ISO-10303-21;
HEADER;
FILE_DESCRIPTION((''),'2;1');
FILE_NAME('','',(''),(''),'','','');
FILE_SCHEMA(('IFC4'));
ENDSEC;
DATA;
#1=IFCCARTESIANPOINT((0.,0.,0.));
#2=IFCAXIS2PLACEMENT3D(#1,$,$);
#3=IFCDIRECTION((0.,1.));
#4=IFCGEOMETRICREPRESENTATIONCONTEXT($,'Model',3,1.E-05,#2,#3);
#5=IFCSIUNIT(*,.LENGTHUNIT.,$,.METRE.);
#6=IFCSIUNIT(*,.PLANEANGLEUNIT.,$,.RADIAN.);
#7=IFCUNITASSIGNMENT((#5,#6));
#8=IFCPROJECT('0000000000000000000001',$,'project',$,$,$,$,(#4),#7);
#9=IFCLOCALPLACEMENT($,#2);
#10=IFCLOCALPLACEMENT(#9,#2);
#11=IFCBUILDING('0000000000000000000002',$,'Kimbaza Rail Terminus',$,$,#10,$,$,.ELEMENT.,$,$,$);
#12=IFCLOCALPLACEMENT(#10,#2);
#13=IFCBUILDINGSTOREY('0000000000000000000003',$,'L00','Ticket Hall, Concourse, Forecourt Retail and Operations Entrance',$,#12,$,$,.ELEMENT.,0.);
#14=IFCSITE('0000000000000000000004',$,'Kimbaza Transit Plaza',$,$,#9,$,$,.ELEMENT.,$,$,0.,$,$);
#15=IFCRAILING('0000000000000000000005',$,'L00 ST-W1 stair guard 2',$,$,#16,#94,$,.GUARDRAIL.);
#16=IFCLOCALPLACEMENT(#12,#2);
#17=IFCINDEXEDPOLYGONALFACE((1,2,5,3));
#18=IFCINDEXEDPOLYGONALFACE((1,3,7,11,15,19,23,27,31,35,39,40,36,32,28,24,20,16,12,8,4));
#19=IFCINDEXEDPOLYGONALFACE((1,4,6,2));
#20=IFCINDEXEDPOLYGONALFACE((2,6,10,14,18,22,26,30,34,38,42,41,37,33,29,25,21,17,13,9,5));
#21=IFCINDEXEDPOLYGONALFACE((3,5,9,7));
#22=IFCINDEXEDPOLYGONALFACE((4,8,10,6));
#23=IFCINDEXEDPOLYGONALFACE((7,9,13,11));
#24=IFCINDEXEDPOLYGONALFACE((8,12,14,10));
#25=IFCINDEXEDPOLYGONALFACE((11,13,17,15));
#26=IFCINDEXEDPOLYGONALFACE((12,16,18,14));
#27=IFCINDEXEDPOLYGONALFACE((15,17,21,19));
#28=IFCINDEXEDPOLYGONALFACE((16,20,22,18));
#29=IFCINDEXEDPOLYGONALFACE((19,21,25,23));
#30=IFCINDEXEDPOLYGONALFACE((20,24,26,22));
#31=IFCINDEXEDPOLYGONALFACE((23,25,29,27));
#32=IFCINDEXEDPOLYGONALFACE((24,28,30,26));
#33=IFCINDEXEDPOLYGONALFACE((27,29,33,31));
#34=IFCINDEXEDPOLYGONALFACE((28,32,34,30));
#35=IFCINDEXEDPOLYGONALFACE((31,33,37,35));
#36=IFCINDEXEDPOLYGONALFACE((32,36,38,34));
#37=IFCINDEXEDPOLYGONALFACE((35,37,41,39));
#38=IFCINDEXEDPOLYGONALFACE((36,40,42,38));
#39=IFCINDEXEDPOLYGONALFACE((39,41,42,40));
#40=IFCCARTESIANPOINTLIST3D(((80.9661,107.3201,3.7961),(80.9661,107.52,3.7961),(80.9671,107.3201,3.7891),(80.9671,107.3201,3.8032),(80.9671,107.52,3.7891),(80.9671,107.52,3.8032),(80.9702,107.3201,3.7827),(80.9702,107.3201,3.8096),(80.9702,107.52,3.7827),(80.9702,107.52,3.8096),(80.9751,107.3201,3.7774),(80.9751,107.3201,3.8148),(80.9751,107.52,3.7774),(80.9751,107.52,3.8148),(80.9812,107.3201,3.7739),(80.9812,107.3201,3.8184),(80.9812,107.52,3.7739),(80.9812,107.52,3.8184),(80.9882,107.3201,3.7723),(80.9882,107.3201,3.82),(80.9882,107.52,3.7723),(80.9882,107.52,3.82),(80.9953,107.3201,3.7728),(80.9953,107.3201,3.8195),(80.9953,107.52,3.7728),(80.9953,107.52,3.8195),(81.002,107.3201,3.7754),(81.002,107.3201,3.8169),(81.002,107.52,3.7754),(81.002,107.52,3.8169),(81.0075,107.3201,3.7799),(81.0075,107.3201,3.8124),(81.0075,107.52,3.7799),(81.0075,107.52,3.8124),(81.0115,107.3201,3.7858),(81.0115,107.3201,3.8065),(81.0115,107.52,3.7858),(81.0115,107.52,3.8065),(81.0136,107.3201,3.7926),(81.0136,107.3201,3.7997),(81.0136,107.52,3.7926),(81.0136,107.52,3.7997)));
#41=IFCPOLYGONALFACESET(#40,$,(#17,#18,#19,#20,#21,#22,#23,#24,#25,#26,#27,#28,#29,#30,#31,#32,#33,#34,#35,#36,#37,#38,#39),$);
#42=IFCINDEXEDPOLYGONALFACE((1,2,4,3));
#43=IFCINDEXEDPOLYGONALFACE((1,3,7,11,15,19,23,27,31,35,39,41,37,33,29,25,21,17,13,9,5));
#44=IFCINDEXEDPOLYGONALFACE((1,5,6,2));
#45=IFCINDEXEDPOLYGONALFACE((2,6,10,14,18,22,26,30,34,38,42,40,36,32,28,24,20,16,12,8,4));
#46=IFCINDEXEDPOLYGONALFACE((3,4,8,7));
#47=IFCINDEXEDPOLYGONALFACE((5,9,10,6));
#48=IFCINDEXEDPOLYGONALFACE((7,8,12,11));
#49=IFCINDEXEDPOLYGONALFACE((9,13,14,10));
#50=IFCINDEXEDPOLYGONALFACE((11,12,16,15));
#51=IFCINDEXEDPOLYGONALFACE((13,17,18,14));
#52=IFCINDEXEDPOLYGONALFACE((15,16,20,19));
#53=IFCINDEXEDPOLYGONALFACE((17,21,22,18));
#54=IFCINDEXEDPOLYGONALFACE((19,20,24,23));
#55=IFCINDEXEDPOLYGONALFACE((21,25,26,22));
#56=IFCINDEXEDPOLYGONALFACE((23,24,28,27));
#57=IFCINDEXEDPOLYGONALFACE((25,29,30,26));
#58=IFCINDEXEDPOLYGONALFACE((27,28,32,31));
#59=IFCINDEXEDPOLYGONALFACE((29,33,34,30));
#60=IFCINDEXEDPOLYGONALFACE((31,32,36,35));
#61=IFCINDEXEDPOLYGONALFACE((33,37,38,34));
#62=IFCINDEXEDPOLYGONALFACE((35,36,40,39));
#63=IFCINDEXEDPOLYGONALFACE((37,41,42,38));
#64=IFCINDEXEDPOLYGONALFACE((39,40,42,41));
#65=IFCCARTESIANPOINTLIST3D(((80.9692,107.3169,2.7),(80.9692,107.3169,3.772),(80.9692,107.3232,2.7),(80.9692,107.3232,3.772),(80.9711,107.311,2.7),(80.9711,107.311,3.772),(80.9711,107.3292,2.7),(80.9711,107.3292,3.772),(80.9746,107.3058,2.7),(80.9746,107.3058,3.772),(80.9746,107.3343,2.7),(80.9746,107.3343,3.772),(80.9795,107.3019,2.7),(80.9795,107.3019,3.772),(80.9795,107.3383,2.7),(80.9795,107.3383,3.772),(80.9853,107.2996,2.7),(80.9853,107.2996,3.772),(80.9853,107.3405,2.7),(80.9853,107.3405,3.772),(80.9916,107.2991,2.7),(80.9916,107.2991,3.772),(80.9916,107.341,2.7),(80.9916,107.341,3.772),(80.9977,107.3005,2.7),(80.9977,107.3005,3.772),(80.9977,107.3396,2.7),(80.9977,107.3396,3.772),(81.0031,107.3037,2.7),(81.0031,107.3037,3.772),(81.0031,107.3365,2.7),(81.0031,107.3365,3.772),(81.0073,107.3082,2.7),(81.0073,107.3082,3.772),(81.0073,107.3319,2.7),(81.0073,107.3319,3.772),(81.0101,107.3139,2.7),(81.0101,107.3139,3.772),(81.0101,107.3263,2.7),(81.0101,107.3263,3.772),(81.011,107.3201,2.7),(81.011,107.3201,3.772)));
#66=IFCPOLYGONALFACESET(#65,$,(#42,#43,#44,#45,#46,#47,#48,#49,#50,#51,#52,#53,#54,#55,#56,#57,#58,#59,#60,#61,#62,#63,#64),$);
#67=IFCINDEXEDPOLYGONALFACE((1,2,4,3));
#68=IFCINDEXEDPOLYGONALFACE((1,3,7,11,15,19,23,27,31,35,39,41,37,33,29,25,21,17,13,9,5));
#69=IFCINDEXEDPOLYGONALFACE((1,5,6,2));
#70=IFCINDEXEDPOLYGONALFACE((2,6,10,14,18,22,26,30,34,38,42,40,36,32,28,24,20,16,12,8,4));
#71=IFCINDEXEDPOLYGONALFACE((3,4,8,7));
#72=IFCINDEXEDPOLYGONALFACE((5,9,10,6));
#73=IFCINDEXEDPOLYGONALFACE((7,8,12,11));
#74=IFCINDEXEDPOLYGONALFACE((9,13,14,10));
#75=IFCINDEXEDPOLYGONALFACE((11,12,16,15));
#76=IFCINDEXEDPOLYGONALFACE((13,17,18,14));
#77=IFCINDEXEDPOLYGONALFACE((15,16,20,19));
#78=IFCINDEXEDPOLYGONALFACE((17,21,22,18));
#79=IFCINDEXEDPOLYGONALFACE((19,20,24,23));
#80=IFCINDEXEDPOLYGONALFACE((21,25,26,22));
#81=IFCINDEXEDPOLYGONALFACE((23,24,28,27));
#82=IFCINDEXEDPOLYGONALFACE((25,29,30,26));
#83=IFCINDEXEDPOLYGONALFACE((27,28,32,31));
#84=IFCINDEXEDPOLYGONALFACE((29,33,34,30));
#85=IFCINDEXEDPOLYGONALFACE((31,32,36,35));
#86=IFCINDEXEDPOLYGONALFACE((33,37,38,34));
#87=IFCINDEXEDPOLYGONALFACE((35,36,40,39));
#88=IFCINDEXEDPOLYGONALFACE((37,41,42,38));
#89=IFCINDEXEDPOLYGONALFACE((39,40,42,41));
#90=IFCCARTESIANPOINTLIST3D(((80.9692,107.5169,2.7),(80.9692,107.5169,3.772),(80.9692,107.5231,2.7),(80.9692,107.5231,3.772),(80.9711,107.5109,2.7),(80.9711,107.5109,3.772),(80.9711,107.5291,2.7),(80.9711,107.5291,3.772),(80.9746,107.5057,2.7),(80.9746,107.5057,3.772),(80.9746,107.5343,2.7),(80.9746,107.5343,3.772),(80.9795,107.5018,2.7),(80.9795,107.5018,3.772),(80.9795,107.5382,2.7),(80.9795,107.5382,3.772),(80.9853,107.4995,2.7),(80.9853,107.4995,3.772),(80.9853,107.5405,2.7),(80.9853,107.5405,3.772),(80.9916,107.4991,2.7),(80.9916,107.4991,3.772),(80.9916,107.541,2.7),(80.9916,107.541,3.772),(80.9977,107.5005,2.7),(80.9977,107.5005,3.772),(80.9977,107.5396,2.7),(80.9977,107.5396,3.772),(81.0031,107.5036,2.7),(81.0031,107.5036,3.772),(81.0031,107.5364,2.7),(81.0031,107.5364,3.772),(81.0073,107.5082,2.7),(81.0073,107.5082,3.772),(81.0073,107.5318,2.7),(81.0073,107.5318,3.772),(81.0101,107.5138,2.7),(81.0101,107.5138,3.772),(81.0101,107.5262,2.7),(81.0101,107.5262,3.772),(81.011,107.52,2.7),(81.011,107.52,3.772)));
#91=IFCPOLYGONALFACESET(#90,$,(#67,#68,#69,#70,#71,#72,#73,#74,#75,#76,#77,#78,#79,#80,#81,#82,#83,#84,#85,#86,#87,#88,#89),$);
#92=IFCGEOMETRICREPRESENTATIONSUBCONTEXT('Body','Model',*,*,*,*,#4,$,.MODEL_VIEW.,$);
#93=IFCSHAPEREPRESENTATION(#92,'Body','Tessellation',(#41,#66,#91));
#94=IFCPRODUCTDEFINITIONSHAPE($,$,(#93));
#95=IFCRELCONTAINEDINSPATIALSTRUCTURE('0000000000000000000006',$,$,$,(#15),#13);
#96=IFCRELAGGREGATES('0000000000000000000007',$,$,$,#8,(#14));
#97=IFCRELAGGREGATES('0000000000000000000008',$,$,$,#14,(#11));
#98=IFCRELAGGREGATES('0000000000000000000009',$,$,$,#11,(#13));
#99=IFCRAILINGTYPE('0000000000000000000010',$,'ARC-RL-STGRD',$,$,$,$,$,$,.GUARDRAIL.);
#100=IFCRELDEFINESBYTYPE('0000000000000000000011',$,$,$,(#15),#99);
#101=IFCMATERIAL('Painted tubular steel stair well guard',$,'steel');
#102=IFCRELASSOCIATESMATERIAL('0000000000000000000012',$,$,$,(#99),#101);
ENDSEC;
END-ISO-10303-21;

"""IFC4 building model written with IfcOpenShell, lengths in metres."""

from ifc_helpers import new_model, si_unit, direction, frame, origin, origin_2d, place, context, subcontext, project, spatial, circle, extrude, material, type_object, element, save


model = new_model("IFC4")

# Units and contexts
model_context = context("Model", 3, precision=1e-05, world=origin(), true_north=direction((0.0, 1.0)))
body_context = subcontext(model_context, "Body", "Model", "MODEL_VIEW")
ifc_project = project(units=[si_unit("LENGTHUNIT", "METRE"), si_unit("PLANEANGLEUNIT", "RADIAN")], contexts=[model_context])

# Site, building, storey
site_placement = place(None, origin())
site = spatial("IfcSite", under=ifc_project, at=site_placement, Name="Kimbaza Transit Plaza", CompositionType="ELEMENT", RefElevation=0.0)
building_placement = place(site_placement, origin())
building = spatial("IfcBuilding", under=site, at=building_placement, Name="Kimbaza Rail Terminus", CompositionType="ELEMENT")
storey_placement = place(building_placement, origin())
storey = spatial("IfcBuildingStorey", under=building, at=storey_placement, Name="L00", Description="Ticket Hall, Concourse, Forecourt Retail and Operations Entrance", CompositionType="ELEMENT", Elevation=0.0)

# Railing
ifc_material_1 = material(Name="Painted tubular steel stair well guard", Category="steel")
railing_type_1 = type_object("IfcRailingType", Name="ARC-RL-STGRD", PredefinedType="GUARDRAIL", material=ifc_material_1)
railing_1_placement = place(storey_placement, frame((80.99, 107.3201, 2.7)))
element("IfcRailing", 1, at=railing_1_placement, inside=storey, type_object=railing_type_1, Name="L00 ST-W1 stair guard 2", PredefinedType="GUARDRAIL", context=body_context, shape_type="SweptSolid", body=[
    extrude(circle(Radius=0.0239, at=origin_2d()), frame((0.0, 0.0, 1.0962), z_axis=(0.0, 1.0, 0.0), x_axis=(-1.0, 0.0, 0.0)), (0.0, 0.0, 1.0), 0.2),
    extrude(circle(Radius=0.021, at=origin_2d()), origin(), (0.0, 0.0, 1.0), 1.072),
    extrude(circle(Radius=0.021, at=origin_2d()), frame((0.0, 0.2, 0.0)), (0.0, 0.0, 1.0), 1.072),
])

save(model, "model.ifc")
